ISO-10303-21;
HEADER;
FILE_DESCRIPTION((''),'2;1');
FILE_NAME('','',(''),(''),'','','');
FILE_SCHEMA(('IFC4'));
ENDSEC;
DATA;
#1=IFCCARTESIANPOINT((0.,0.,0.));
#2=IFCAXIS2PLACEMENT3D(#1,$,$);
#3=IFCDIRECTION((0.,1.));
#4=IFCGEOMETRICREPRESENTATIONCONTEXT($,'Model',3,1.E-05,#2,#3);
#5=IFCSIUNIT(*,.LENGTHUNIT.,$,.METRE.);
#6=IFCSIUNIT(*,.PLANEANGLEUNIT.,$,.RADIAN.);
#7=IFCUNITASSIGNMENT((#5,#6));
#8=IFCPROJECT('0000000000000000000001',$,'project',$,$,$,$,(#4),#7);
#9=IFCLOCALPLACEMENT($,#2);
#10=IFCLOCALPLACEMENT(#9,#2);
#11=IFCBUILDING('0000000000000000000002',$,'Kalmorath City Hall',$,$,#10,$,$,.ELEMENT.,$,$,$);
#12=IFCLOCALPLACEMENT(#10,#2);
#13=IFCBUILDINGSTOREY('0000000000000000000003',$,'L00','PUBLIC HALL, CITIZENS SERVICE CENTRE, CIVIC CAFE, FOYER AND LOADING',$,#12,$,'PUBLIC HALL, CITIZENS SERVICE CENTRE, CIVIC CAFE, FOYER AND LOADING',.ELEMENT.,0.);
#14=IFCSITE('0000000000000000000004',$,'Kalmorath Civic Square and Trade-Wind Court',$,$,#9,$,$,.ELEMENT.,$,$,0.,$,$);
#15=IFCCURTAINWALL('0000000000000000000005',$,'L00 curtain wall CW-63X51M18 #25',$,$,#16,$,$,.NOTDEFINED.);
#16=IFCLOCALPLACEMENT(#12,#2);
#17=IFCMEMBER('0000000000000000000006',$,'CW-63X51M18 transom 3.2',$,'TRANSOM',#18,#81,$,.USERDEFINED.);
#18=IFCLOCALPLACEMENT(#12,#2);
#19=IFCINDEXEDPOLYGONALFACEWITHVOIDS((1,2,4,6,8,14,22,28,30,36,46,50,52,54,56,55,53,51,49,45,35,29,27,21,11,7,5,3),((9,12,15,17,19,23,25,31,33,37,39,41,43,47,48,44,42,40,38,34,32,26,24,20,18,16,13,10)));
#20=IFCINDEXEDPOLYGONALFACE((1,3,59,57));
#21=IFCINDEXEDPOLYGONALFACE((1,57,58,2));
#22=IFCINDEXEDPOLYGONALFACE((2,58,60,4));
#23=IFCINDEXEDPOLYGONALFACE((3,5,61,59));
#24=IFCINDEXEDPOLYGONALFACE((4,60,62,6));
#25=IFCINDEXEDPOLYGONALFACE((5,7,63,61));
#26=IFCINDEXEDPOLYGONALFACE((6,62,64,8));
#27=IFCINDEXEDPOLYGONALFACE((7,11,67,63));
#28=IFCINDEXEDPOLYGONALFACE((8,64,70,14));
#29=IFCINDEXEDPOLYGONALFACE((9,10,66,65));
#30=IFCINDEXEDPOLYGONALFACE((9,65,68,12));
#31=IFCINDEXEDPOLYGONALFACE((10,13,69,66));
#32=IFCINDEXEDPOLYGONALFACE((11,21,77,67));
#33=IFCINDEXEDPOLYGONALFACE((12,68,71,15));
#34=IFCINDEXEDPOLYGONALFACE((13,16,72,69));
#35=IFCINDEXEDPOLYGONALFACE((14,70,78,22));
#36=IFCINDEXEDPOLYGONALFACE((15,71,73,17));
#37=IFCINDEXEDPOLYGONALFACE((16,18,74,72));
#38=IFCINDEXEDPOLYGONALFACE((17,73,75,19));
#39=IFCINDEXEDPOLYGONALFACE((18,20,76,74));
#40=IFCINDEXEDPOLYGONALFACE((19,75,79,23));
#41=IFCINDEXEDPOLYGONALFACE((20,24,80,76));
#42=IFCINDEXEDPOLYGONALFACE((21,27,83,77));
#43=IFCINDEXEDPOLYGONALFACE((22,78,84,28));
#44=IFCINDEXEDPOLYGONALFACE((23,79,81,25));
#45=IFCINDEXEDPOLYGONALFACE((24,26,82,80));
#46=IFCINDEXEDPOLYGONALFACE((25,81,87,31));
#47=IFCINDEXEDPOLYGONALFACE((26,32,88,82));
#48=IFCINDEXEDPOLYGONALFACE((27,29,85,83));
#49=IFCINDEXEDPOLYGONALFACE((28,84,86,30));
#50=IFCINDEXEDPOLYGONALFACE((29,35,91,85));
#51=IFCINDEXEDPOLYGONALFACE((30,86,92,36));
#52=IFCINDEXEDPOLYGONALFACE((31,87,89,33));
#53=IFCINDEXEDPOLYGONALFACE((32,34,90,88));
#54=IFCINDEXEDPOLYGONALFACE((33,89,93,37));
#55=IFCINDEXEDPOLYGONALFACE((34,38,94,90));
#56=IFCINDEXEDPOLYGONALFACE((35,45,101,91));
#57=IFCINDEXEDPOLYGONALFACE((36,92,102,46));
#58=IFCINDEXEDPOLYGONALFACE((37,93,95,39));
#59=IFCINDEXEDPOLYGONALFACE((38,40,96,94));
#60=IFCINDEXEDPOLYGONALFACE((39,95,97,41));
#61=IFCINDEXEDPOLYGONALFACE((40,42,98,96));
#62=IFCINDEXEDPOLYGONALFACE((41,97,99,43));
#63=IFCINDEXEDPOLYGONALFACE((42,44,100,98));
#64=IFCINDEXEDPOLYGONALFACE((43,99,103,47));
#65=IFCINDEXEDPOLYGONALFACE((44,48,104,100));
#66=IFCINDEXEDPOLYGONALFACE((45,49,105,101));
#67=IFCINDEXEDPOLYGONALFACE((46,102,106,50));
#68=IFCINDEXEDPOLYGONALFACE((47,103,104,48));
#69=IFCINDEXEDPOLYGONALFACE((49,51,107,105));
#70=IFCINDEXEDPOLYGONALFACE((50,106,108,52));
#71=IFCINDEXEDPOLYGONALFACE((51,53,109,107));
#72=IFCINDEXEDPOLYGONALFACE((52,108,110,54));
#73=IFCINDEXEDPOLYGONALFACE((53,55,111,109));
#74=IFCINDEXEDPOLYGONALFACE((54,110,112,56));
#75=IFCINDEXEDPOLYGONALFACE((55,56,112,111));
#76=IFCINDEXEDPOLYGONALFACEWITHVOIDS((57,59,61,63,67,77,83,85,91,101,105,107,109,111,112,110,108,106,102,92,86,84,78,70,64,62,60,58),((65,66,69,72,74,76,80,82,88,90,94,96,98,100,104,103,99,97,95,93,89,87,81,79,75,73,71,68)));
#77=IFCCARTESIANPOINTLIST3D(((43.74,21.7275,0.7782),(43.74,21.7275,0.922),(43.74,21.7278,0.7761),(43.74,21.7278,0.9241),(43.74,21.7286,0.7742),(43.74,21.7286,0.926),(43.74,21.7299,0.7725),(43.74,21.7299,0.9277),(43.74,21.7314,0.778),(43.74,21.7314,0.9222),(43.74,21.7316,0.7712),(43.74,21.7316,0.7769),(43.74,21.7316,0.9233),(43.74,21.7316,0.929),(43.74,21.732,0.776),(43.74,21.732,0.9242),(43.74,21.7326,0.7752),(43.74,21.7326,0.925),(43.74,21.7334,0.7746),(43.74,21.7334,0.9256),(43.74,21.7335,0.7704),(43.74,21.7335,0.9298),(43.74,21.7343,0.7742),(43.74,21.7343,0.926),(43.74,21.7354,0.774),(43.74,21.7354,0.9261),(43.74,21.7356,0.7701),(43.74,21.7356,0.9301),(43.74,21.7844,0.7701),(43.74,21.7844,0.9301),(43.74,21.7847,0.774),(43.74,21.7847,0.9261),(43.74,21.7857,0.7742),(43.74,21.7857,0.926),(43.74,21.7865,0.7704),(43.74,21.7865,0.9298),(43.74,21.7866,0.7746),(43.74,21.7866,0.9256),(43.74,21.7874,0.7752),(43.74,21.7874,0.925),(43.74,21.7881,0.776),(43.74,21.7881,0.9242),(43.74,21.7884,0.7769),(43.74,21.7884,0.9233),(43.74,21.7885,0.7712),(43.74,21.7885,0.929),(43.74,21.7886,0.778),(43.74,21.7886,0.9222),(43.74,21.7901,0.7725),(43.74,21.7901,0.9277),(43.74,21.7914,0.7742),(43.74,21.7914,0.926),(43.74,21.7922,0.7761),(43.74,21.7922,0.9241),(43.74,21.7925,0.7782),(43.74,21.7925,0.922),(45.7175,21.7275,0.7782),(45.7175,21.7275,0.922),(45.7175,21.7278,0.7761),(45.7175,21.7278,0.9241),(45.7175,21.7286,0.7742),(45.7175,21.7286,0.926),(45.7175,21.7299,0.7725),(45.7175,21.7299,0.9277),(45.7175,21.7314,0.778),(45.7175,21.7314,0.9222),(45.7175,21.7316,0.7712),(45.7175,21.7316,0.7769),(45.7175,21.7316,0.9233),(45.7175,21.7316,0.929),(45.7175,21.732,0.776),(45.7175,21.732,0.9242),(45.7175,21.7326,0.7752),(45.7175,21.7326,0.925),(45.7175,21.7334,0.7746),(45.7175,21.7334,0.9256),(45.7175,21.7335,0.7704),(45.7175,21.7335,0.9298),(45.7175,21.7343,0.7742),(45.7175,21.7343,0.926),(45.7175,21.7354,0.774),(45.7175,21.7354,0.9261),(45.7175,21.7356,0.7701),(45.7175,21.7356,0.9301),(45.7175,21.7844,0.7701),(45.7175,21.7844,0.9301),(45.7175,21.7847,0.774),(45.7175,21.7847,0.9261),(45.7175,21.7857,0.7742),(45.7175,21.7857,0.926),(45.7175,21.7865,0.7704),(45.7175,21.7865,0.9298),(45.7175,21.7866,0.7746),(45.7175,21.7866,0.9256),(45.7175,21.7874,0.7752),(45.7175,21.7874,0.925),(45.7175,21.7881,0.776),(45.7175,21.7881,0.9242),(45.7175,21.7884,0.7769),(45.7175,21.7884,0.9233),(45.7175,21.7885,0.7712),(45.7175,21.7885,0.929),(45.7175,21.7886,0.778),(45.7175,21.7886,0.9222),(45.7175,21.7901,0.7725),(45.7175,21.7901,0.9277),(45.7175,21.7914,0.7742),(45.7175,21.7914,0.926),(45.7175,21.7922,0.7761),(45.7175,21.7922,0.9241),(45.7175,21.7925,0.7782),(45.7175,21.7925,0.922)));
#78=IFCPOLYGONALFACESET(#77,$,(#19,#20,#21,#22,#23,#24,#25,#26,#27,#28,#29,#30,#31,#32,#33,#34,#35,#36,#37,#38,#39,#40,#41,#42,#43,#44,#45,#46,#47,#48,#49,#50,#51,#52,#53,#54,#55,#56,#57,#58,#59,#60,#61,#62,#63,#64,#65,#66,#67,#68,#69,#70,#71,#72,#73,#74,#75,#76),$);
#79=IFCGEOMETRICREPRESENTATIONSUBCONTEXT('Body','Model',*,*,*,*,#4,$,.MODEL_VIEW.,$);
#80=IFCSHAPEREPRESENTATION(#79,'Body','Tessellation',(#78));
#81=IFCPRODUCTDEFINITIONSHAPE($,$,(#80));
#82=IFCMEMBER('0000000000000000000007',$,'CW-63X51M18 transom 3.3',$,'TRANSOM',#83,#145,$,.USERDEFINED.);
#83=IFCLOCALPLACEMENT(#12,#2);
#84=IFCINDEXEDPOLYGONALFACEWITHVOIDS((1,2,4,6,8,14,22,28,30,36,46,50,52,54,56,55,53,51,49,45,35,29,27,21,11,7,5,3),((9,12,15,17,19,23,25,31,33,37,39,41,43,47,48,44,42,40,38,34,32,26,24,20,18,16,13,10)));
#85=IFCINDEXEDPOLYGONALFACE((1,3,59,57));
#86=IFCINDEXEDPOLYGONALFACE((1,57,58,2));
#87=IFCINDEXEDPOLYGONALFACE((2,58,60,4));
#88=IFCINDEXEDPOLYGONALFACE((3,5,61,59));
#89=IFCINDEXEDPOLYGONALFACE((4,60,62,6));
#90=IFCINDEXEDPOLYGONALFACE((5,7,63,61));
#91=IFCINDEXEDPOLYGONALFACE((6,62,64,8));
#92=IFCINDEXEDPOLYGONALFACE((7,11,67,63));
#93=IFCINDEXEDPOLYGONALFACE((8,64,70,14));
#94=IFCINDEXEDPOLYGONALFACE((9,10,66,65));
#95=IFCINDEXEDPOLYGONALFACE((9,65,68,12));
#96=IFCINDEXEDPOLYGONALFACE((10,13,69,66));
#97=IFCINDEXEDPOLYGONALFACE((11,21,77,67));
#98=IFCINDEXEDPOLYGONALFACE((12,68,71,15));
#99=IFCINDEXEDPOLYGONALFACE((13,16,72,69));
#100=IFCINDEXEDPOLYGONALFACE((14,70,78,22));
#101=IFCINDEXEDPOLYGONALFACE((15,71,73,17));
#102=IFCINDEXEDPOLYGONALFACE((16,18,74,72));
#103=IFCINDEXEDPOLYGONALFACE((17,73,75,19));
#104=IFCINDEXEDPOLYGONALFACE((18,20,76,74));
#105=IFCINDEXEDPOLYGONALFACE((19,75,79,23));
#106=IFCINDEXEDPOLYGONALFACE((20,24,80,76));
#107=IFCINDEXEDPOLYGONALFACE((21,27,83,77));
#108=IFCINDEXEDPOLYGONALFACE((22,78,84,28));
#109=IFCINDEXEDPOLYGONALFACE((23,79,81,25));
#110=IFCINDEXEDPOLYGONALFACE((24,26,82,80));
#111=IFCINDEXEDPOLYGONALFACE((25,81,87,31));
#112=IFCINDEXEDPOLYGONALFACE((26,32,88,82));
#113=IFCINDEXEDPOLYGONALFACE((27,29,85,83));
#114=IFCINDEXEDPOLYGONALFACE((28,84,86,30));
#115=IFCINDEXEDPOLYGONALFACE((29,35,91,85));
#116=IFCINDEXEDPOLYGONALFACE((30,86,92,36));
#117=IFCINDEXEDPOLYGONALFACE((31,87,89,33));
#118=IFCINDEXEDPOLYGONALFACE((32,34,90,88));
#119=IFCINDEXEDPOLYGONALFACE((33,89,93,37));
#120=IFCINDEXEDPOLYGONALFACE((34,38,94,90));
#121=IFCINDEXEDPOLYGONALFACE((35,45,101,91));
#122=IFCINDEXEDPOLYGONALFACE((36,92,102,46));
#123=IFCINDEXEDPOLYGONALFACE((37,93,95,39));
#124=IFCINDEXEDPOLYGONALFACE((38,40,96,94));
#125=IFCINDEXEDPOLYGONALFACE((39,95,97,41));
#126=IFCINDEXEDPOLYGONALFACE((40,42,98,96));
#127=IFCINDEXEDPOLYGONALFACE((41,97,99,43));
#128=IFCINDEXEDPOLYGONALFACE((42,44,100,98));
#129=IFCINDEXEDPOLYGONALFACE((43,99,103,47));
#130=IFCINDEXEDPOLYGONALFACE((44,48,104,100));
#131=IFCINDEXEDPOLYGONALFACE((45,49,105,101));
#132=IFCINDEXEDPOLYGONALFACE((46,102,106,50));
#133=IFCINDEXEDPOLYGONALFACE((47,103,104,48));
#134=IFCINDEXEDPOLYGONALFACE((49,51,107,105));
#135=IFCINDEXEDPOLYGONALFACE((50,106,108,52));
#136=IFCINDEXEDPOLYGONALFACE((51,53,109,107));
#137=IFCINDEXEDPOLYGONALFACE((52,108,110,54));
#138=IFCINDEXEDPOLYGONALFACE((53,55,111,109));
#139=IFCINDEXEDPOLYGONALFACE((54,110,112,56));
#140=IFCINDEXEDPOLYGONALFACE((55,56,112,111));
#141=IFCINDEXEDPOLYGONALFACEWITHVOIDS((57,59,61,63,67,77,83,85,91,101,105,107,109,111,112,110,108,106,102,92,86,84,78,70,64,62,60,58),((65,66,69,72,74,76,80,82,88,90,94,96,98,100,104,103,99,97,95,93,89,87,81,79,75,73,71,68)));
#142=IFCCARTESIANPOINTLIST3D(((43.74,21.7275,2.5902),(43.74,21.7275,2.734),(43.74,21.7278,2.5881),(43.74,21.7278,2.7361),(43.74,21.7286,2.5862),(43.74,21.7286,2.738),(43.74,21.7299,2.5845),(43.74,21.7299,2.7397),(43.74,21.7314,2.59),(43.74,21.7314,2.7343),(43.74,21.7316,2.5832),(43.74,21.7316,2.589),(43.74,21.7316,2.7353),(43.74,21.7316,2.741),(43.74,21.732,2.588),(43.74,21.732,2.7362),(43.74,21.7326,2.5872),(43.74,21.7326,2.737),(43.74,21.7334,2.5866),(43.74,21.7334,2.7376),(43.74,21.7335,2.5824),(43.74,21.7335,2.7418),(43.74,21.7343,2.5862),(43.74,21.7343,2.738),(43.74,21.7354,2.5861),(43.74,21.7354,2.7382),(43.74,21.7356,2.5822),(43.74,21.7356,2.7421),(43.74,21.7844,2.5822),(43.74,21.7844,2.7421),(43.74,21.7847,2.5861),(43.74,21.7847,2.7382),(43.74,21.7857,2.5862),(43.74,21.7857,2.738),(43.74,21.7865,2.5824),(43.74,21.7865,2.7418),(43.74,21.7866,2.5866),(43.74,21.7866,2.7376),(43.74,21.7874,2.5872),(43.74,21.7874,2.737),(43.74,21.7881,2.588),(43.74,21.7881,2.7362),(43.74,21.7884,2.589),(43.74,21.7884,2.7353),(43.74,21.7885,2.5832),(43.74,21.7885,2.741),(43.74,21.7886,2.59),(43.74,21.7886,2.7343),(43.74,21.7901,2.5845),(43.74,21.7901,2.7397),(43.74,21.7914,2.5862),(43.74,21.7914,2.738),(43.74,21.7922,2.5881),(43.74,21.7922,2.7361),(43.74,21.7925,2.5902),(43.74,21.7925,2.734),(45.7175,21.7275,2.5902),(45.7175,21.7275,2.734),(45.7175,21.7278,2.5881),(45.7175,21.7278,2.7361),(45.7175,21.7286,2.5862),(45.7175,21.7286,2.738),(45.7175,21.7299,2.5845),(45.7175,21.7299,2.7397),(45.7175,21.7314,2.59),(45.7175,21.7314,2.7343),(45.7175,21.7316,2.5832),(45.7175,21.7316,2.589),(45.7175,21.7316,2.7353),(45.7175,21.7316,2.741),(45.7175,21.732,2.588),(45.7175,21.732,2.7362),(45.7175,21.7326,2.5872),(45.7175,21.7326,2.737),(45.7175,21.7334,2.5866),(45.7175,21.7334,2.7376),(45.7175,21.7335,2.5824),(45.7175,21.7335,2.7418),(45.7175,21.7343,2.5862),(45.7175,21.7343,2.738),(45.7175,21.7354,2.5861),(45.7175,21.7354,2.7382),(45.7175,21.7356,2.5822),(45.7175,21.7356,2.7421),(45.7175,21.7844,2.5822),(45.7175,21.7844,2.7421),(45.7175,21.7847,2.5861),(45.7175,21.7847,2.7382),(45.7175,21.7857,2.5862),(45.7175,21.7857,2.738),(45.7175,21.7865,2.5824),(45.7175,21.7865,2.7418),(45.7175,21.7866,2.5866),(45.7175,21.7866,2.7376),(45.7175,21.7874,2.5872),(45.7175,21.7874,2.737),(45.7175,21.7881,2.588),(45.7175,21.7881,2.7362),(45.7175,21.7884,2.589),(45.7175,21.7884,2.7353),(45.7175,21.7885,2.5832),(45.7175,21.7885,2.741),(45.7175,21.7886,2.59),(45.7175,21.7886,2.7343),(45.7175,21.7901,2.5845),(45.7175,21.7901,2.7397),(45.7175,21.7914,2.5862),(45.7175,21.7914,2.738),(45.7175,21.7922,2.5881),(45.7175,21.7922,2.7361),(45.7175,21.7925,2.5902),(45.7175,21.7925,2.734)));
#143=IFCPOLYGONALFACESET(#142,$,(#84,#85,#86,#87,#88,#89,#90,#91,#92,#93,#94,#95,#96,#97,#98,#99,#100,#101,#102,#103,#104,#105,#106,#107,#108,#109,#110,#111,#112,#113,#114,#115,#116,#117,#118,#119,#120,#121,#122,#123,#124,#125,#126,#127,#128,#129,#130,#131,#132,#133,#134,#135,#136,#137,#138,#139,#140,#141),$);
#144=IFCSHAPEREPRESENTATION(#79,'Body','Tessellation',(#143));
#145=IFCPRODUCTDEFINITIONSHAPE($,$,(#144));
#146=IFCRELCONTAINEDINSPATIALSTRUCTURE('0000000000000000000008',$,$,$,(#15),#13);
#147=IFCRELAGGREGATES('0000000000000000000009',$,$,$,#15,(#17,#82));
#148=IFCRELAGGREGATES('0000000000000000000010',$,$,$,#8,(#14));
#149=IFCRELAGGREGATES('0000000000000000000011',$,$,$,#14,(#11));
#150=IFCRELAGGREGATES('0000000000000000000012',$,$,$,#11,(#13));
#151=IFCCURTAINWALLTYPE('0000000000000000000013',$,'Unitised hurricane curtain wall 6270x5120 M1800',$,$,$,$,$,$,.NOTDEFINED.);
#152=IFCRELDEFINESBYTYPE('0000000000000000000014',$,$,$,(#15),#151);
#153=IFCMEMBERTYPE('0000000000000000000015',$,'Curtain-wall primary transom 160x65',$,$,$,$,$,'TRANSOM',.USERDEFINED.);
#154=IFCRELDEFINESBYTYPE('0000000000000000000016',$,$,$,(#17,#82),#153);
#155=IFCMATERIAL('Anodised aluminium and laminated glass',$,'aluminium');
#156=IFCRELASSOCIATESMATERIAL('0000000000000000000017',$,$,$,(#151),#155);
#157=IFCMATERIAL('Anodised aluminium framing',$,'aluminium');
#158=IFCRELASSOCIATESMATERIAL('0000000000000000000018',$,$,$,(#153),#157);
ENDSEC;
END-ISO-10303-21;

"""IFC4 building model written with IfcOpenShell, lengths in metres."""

from ifc_helpers import new_model, si_unit, direction, frame, origin, origin_2d, place, context, subcontext, project, spatial, hollow_rectangle, extrude, material, material_profile, profile_set, type_object, element, aggregate, save


model = new_model("IFC4")

# Units and contexts
model_context = context("Model", 3, precision=1e-05, world=origin(), true_north=direction((0.0, 1.0)))
body_context = subcontext(model_context, "Body", "Model", "MODEL_VIEW")
ifc_project = project(units=[si_unit("LENGTHUNIT", "METRE"), si_unit("PLANEANGLEUNIT", "RADIAN")], contexts=[model_context])

# Site, building, storey
site_placement = place(None, origin())
site = spatial("IfcSite", under=ifc_project, at=site_placement, Name="Kalmorath Civic Square and Trade-Wind Court", CompositionType="ELEMENT", RefElevation=0.0)
building_placement = place(site_placement, origin())
building = spatial("IfcBuilding", under=site, at=building_placement, Name="Kalmorath City Hall", CompositionType="ELEMENT")
storey_placement = place(building_placement, origin())
storey = spatial("IfcBuildingStorey", under=building, at=storey_placement, Name="L00", Description="PUBLIC HALL, CITIZENS SERVICE CENTRE, CIVIC CAFE, FOYER AND LOADING", LongName="PUBLIC HALL, CITIZENS SERVICE CENTRE, CIVIC CAFE, FOYER AND LOADING", CompositionType="ELEMENT", Elevation=0.0)

# Curtain wall, members
ifc_material_1 = material(Name="Anodised aluminium and laminated glass", Category="aluminium")
curtain_wall_type = type_object("IfcCurtainWallType", Name="Unitised hurricane curtain wall 6270x5120 M1800", PredefinedType="NOTDEFINED", material=ifc_material_1)
curtain_wall_placement = place(storey_placement, origin())
curtain_wall = element("IfcCurtainWall", 1, at=curtain_wall_placement, inside=storey, type_object=curtain_wall_type, Name="L00 curtain wall CW-63X51M18 #25", PredefinedType="NOTDEFINED")
ifc_material_2 = material(Name="Anodised aluminium framing", Category="aluminium")
ifc_material_profile_1 = material_profile(ifc_material_2, hollow_rectangle(XDim=0.0649, YDim=0.1599, WallThickness=0.0039, InnerFilletRadius=0.0039, OuterFilletRadius=0.0081, at=origin_2d()), Name="ALU-TRN-160X65X4")
ifc_profile_set_1 = profile_set([ifc_material_profile_1], Name="Anodised aluminium framing")
member_type_1 = type_object("IfcMemberType", Name="Curtain-wall primary transom 160x65", ElementType="TRANSOM", PredefinedType="USERDEFINED", material=ifc_profile_set_1)
member_1_placement = place(storey_placement, frame((45.7175, 21.76, 0.8501), z_axis=(-1.0, 0.0, 0.0), x_axis=(0.0, -1.0, 0.0)))
member_1 = element("IfcMember", 2, at=member_1_placement, type_object=member_type_1, Name="CW-63X51M18 transom 3.2", ObjectType="TRANSOM", PredefinedType="USERDEFINED", context=body_context, shape_type="SweptSolid", body=[
    extrude(hollow_rectangle(XDim=0.0649, YDim=0.1599, WallThickness=0.0039, InnerFilletRadius=0.0039, OuterFilletRadius=0.0081, at=origin_2d()), origin(), (0.0, 0.0, 1.0), 1.9775),
])
member_2_placement = place(storey_placement, frame((45.7175, 21.76, 2.6621), z_axis=(-1.0, 0.0, 0.0), x_axis=(0.0, -1.0, 0.0)))
member_2 = element("IfcMember", 3, at=member_2_placement, type_object=member_type_1, Name="CW-63X51M18 transom 3.3", ObjectType="TRANSOM", PredefinedType="USERDEFINED", context=body_context, shape_type="SweptSolid", body=[
    extrude(hollow_rectangle(XDim=0.0649, YDim=0.1599, WallThickness=0.0039, InnerFilletRadius=0.0039, OuterFilletRadius=0.0081, at=origin_2d()), origin(), (0.0, 0.0, 1.0), 1.9775),
])

aggregate(curtain_wall, [member_1, member_2])

save(model, "model.ifc")
